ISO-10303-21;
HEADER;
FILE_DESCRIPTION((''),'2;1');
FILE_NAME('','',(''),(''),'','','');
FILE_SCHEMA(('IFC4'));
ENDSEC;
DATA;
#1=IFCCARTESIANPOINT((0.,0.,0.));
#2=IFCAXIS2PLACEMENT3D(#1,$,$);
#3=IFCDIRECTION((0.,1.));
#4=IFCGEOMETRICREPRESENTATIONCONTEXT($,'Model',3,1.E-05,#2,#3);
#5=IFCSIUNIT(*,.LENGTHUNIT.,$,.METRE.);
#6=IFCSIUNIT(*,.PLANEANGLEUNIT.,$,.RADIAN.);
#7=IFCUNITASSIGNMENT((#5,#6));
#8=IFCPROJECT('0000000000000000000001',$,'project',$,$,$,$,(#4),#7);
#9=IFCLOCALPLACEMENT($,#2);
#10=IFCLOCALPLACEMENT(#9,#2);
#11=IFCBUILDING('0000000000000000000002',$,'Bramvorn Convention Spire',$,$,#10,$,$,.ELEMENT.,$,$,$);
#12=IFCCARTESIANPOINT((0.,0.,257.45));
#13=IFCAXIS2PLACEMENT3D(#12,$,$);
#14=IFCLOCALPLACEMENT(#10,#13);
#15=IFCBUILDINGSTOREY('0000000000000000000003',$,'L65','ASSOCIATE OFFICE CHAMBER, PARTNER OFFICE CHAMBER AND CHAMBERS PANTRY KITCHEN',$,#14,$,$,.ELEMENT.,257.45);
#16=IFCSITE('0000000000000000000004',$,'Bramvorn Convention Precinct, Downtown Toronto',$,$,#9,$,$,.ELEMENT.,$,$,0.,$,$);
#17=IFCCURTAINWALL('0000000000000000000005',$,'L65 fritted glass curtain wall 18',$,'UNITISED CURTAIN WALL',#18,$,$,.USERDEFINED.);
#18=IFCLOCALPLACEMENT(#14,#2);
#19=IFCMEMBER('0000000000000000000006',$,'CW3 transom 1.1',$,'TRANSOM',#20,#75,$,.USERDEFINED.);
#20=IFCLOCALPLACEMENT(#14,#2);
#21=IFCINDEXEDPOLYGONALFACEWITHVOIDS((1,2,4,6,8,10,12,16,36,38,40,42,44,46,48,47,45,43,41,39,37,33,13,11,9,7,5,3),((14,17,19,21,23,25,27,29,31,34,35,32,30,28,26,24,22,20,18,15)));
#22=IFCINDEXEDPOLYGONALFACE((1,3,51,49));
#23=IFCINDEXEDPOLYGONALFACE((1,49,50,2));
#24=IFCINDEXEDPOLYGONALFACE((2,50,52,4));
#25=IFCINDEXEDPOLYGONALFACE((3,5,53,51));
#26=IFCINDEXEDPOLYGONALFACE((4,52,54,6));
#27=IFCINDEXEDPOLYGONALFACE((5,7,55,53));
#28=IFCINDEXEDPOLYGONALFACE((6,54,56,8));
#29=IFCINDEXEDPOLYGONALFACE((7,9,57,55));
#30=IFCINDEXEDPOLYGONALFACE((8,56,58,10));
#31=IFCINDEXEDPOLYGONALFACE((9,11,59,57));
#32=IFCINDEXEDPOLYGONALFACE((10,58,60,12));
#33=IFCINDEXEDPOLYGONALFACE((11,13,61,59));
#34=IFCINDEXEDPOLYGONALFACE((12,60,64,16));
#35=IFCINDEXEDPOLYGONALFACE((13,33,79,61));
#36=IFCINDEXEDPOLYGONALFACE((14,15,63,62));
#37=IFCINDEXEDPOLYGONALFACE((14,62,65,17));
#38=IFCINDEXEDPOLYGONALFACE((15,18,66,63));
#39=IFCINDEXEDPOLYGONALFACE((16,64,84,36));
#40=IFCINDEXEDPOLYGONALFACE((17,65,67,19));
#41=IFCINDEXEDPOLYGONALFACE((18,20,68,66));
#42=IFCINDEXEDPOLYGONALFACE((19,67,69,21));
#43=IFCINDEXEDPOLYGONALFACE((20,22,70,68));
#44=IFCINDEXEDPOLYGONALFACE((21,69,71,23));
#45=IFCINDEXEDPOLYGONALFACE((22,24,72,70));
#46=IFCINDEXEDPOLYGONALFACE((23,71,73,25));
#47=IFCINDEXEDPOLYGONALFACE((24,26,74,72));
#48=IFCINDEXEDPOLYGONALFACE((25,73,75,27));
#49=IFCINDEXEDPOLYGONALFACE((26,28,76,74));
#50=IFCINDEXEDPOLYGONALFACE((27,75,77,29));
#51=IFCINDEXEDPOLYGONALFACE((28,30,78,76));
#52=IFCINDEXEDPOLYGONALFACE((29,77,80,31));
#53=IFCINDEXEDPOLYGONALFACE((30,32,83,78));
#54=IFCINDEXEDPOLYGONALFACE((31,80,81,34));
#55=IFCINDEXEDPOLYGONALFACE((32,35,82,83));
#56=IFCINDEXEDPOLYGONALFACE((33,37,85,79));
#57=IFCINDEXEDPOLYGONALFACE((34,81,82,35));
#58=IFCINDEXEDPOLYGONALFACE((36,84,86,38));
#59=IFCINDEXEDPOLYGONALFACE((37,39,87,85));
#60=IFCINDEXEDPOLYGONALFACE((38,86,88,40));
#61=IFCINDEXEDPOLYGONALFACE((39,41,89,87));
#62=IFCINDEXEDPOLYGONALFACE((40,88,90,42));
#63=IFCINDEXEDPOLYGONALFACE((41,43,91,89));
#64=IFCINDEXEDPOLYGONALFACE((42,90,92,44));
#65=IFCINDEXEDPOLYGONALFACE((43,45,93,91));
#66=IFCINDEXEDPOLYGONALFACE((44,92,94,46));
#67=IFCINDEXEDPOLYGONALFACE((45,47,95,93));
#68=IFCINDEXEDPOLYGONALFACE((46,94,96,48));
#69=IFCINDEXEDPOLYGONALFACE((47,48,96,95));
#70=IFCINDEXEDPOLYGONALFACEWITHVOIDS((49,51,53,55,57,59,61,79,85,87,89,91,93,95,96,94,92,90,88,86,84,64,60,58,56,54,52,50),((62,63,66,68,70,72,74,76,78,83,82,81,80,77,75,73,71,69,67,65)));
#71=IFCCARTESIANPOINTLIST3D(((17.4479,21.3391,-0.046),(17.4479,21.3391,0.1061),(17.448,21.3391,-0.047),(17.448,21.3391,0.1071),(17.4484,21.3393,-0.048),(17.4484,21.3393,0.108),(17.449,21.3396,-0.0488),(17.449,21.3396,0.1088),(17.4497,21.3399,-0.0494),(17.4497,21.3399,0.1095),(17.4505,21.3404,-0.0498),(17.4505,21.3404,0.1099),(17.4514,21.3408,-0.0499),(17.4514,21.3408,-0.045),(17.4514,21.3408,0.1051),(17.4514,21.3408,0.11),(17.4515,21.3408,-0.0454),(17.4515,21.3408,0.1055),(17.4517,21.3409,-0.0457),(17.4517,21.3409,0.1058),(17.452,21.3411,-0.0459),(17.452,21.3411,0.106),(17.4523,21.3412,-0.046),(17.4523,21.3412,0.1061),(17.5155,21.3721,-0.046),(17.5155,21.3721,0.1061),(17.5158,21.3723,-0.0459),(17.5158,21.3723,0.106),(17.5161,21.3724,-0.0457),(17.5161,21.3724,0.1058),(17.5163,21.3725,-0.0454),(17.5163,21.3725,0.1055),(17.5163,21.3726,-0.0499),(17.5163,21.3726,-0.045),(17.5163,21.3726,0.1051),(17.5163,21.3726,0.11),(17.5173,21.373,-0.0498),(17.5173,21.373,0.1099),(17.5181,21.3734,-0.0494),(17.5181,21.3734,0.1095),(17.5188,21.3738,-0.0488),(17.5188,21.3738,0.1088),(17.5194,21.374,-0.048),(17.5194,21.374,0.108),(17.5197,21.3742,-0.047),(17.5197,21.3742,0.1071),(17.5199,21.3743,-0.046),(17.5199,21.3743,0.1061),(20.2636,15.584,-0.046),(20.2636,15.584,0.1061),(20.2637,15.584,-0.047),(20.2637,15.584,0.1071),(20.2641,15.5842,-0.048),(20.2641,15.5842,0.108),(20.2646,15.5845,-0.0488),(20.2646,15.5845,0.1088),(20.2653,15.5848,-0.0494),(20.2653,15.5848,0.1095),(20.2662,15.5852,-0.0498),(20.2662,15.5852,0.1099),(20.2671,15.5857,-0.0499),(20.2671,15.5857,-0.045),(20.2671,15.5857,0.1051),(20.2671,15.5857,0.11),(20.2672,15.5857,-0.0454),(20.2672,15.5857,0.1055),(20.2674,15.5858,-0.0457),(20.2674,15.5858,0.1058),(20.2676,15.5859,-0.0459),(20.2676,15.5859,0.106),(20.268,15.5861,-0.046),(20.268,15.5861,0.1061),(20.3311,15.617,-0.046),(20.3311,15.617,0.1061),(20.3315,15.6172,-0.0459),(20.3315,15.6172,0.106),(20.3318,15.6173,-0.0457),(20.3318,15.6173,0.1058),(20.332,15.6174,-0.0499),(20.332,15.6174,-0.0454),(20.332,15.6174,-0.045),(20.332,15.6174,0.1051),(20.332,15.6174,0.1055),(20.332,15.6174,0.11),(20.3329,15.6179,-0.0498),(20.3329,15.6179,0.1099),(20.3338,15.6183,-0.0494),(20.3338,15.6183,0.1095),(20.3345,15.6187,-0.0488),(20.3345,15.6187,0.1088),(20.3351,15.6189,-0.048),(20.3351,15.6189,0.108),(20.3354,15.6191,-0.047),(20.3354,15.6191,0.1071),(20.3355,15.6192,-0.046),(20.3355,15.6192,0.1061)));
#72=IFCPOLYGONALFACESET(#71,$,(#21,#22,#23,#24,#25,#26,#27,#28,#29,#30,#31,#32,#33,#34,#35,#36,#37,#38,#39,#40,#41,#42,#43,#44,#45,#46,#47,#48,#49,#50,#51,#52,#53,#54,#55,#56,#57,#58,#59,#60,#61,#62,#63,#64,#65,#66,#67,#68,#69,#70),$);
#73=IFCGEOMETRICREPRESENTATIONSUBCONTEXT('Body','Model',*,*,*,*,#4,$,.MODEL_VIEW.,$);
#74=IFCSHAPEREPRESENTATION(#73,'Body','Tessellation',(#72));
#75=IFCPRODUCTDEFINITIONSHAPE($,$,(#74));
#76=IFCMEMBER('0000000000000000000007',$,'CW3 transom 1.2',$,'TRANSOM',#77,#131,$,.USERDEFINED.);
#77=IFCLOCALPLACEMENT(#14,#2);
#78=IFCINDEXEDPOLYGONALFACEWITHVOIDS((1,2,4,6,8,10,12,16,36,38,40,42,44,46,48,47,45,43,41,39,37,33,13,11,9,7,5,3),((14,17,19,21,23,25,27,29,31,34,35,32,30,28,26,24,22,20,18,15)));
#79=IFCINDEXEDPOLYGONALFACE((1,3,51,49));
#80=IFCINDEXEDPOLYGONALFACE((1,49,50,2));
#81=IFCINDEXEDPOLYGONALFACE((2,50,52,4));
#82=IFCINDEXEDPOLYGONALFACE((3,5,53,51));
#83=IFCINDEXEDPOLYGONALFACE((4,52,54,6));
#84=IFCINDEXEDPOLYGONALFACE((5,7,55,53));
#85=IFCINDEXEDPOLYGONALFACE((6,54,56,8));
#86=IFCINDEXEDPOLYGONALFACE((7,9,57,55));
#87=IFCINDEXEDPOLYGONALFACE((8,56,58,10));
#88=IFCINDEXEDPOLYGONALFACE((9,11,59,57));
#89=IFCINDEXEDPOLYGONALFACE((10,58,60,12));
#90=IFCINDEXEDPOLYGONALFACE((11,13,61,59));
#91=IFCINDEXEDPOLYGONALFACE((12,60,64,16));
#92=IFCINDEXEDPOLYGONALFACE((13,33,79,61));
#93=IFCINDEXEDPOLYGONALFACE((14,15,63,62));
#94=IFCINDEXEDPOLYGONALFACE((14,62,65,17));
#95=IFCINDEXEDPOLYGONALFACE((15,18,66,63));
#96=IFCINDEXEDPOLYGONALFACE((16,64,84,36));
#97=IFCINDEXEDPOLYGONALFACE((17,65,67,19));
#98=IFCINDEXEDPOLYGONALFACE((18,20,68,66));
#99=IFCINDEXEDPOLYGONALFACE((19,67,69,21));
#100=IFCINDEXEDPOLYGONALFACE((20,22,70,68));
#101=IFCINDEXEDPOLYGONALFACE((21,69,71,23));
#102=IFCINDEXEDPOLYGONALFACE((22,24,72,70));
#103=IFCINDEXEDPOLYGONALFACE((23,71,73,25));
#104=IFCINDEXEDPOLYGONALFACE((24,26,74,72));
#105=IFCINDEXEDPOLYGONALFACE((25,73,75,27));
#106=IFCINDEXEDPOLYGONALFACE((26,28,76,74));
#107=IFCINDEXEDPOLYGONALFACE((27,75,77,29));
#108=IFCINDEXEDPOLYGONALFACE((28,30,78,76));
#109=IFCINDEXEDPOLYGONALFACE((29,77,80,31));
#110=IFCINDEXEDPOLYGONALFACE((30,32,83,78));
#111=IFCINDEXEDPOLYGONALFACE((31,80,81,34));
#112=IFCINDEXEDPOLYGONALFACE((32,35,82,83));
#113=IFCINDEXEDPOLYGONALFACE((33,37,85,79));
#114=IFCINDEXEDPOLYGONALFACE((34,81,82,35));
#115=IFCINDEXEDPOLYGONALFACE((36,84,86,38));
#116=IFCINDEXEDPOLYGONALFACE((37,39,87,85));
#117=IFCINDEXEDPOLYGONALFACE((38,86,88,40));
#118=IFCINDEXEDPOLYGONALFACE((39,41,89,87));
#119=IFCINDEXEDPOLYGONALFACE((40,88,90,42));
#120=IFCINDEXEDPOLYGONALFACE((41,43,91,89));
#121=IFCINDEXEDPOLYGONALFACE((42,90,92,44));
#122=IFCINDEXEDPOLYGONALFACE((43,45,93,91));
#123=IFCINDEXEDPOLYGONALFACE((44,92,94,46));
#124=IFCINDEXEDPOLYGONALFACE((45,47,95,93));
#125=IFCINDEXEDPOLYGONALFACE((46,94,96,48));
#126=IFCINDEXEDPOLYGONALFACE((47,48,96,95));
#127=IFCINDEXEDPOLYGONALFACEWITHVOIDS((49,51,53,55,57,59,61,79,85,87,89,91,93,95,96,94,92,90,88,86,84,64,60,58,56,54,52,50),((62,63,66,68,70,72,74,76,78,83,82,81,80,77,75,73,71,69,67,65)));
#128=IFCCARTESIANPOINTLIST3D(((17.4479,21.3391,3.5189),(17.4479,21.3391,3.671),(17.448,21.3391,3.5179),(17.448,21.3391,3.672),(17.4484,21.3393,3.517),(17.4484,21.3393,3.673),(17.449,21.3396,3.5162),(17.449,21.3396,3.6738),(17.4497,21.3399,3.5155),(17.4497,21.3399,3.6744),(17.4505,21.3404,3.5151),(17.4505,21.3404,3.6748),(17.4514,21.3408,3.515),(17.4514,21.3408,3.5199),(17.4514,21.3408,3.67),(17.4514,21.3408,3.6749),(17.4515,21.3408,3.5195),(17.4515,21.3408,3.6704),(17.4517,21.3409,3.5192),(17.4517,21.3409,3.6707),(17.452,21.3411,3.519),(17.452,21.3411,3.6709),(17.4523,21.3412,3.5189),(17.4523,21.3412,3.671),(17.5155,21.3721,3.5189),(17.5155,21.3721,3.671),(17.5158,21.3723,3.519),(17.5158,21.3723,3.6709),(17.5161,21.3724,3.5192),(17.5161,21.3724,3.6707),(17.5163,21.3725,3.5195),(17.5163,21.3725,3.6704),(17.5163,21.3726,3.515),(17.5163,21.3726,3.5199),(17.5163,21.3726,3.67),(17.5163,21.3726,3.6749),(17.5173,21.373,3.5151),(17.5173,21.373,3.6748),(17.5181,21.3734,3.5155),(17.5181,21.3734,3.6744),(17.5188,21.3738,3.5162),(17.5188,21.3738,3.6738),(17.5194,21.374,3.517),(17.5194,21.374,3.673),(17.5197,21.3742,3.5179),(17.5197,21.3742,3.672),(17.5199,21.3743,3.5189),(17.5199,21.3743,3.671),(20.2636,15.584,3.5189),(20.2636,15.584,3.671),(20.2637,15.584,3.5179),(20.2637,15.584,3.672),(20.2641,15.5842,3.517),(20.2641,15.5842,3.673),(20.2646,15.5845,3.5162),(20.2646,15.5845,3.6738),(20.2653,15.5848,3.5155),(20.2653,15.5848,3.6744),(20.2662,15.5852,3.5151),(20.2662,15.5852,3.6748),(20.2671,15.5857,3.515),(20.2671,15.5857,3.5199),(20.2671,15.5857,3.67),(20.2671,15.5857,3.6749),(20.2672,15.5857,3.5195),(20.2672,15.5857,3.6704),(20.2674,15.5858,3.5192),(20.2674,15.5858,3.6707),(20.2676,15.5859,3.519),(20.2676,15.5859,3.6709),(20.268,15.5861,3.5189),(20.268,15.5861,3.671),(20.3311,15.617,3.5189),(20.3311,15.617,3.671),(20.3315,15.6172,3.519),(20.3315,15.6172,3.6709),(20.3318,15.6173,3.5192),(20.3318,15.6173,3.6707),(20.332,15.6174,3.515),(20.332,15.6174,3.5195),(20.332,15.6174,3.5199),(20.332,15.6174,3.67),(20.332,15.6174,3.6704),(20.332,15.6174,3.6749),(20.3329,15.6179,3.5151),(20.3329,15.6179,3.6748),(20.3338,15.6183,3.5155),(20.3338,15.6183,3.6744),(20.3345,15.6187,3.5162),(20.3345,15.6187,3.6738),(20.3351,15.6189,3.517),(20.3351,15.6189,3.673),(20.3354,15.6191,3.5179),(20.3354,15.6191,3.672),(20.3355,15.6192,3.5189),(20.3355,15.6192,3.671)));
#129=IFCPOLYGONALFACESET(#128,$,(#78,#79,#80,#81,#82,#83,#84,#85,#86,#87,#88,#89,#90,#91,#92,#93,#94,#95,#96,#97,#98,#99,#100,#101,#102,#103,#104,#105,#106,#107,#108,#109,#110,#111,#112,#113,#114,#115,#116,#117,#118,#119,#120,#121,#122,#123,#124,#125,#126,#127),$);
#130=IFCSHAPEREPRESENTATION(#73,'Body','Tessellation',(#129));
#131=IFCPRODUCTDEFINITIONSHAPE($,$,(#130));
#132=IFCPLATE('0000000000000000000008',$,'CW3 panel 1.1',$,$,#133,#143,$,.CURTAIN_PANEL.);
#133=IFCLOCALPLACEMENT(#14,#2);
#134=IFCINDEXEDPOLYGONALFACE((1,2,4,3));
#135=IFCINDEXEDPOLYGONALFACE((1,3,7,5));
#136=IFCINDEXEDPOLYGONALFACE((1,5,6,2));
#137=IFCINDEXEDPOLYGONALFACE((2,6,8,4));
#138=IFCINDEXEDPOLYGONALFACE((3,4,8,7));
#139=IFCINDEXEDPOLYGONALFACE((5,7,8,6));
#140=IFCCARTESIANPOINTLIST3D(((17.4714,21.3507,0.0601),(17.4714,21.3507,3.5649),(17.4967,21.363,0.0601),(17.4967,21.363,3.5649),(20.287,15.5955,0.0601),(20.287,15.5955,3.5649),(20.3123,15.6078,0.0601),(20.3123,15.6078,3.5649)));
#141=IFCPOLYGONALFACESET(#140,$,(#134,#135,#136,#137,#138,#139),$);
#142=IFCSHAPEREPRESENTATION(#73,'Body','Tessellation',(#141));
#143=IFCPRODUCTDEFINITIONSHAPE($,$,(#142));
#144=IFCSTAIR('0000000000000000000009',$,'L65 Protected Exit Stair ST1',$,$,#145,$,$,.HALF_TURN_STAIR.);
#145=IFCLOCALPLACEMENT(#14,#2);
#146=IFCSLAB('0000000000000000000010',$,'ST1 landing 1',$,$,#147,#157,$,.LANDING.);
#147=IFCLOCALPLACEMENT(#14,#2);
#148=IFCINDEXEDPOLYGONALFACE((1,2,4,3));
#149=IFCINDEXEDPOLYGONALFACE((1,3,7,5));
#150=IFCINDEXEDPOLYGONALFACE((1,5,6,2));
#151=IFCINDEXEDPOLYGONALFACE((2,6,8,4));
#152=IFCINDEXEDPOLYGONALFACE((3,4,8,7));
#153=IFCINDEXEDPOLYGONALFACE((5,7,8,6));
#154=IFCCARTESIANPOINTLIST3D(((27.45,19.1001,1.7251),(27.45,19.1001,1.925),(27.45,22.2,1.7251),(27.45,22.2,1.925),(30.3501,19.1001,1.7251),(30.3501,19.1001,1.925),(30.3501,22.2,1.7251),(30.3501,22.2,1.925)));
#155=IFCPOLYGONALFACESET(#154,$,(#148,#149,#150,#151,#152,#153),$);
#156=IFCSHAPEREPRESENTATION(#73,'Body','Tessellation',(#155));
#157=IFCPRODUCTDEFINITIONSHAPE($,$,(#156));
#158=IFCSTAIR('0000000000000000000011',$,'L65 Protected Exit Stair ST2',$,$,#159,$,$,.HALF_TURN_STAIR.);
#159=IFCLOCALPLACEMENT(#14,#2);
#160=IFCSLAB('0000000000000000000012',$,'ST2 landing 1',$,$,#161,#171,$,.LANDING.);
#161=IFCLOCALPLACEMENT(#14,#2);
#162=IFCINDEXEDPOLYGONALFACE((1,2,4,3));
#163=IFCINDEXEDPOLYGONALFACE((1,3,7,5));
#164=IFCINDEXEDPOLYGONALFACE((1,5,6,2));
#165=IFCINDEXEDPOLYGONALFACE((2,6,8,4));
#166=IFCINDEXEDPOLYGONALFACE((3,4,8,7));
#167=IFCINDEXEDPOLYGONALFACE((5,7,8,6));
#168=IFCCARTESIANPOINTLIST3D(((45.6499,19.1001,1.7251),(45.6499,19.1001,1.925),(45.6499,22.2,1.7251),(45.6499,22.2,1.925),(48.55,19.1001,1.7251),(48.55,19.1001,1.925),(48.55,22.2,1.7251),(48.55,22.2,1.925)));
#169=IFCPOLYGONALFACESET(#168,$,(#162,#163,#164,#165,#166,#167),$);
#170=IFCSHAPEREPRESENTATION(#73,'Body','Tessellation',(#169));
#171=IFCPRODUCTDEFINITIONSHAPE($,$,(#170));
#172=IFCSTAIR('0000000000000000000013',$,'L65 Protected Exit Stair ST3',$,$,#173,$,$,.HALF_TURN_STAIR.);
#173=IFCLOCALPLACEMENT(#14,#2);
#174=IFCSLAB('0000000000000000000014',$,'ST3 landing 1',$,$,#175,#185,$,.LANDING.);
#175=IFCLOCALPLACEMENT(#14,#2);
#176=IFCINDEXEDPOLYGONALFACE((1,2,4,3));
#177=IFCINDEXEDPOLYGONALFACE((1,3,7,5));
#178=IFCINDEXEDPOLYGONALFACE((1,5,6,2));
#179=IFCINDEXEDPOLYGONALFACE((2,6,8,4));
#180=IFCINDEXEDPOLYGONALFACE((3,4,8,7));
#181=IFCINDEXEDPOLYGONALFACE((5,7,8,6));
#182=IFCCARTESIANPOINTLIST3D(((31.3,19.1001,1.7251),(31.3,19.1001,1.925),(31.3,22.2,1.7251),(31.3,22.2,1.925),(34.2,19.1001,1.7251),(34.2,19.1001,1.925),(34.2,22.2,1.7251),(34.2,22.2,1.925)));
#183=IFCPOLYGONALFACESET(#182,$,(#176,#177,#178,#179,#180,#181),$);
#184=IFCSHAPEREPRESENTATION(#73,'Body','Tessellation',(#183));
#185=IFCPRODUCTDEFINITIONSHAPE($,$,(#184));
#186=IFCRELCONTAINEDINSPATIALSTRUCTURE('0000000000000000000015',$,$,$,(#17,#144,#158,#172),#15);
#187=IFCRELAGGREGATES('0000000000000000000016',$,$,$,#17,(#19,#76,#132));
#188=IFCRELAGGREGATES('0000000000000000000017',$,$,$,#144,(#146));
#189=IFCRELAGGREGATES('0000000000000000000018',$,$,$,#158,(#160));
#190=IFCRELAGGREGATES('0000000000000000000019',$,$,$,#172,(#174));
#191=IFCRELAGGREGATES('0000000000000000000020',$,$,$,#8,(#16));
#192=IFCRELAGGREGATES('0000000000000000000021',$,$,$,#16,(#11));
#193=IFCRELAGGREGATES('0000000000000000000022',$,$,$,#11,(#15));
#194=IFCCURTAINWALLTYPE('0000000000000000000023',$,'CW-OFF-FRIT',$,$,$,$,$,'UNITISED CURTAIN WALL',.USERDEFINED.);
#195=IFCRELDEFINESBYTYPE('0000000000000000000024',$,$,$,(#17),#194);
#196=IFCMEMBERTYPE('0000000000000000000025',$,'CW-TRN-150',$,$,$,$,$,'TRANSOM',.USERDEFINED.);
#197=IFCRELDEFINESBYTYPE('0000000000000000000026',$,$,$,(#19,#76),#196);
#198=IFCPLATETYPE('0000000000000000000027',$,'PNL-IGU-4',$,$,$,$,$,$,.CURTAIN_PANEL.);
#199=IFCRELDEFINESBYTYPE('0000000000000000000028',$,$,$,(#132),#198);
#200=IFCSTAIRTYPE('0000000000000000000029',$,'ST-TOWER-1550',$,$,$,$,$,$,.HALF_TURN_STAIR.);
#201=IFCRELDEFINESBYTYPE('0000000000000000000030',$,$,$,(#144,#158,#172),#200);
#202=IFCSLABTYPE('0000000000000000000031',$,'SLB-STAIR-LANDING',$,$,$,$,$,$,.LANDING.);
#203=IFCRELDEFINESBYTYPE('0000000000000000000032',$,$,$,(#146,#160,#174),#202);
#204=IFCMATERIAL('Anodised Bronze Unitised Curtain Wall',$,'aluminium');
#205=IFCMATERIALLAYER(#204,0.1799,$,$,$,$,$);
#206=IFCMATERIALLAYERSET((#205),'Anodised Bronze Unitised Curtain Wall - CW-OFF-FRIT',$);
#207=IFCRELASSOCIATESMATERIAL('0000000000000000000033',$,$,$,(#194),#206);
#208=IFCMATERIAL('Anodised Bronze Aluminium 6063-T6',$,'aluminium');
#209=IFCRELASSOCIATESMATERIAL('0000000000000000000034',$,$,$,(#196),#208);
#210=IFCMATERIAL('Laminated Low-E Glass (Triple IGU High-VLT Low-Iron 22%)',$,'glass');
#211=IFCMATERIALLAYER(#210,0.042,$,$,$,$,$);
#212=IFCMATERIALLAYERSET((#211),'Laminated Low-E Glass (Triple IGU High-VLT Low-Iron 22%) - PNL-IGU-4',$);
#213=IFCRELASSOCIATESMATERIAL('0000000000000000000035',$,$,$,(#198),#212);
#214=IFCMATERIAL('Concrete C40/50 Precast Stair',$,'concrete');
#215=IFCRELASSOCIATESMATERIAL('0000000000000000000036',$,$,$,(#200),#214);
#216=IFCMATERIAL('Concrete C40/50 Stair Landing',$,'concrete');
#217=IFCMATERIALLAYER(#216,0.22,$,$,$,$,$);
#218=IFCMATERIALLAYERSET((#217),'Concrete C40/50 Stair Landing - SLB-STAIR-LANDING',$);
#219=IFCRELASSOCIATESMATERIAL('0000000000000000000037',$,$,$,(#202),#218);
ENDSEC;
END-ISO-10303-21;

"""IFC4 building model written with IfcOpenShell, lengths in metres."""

from ifc_helpers import new_model, si_unit, direction, frame, origin, origin_2d, place, context, subcontext, project, spatial, polyline, rectangle, hollow_rectangle, outline, extrude, material, layer, layer_set, material_profile, profile_set, type_object, element, aggregate, save


model = new_model("IFC4")

# Units and contexts
model_context = context("Model", 3, precision=1e-05, world=origin(), true_north=direction((0.0, 1.0)))
body_context = subcontext(model_context, "Body", "Model", "MODEL_VIEW")
ifc_project = project(units=[si_unit("LENGTHUNIT", "METRE"), si_unit("PLANEANGLEUNIT", "RADIAN")], contexts=[model_context])

# Site, building, storey
site_placement = place(None, origin())
site = spatial("IfcSite", under=ifc_project, at=site_placement, Name="Bramvorn Convention Precinct, Downtown Toronto", CompositionType="ELEMENT", RefElevation=0.0)
building_placement = place(site_placement, origin())
building = spatial("IfcBuilding", under=site, at=building_placement, Name="Bramvorn Convention Spire", CompositionType="ELEMENT")
storey_placement = place(building_placement, frame((0.0, 0.0, 257.45)))
storey = spatial("IfcBuildingStorey", under=building, at=storey_placement, Name="L65", Description="ASSOCIATE OFFICE CHAMBER, PARTNER OFFICE CHAMBER AND CHAMBERS PANTRY KITCHEN", CompositionType="ELEMENT", Elevation=257.45)

# Curtain wall
ifc_material_1 = material(Name="Anodised Bronze Unitised Curtain Wall", Category="aluminium")
ifc_layer_1 = layer(ifc_material_1, 0.1799)
ifc_layer_set_1 = layer_set([ifc_layer_1], Name="Anodised Bronze Unitised Curtain Wall - CW-OFF-FRIT")
curtain_wall_type = type_object("IfcCurtainWallType", Name="CW-OFF-FRIT", ElementType="UNITISED CURTAIN WALL", PredefinedType="USERDEFINED", material=ifc_layer_set_1)
curtain_wall_1_placement = place(storey_placement, origin())
curtain_wall_1 = element("IfcCurtainWall", 1, at=curtain_wall_1_placement, inside=storey, type_object=curtain_wall_type, Name="L65 fritted glass curtain wall 18", ObjectType="UNITISED CURTAIN WALL", PredefinedType="USERDEFINED")
ifc_material_2 = material(Name="Anodised Bronze Aluminium 6063-T6", Category="aluminium")

# Members
ifc_material_profile_1 = material_profile(ifc_material_2, hollow_rectangle(XDim=0.0801, YDim=0.1599, WallThickness=0.0039, InnerFilletRadius=0.001, OuterFilletRadius=0.0039, at=origin_2d()))
ifc_profile_set_1 = profile_set([ifc_material_profile_1], Name="Anodised Bronze Aluminium 6063-T6 - CWT80X160")
member_type_1 = type_object("IfcMemberType", Name="CW-TRN-150", ElementType="TRANSOM", PredefinedType="USERDEFINED", material=ifc_profile_set_1)
member_1_placement = place(storey_placement, frame((20.2996, 15.6016, 0.03), z_axis=(-0.439469, 0.898258, 0.0), x_axis=(-0.898258, -0.439469, 0.0)))
member_1 = element("IfcMember", 2, at=member_1_placement, type_object=member_type_1, Name="CW3 transom 1.1", ObjectType="TRANSOM", PredefinedType="USERDEFINED", context=body_context, shape_type="SweptSolid", body=[
    extrude(hollow_rectangle(XDim=0.0801, YDim=0.1599, WallThickness=0.0039, InnerFilletRadius=0.001, OuterFilletRadius=0.0039, at=origin_2d()), origin(), (0.0, 0.0, 1.0), 6.407),
])
member_2_placement = place(storey_placement, frame((20.2996, 15.6016, 3.595), z_axis=(-0.439469, 0.898258, 0.0), x_axis=(-0.898258, -0.439469, 0.0)))
member_2 = element("IfcMember", 3, at=member_2_placement, type_object=member_type_1, Name="CW3 transom 1.2", ObjectType="TRANSOM", PredefinedType="USERDEFINED", context=body_context, shape_type="SweptSolid", body=[
    extrude(hollow_rectangle(XDim=0.0801, YDim=0.1599, WallThickness=0.0039, InnerFilletRadius=0.001, OuterFilletRadius=0.0039, at=origin_2d()), origin(), (0.0, 0.0, 1.0), 6.407),
])

# Plate
ifc_material_3 = material(Name="Laminated Low-E Glass (Triple IGU High-VLT Low-Iron 22%)", Category="glass")
ifc_layer_2 = layer(ifc_material_3, 0.042)
ifc_layer_set_2 = layer_set([ifc_layer_2], Name="Laminated Low-E Glass (Triple IGU High-VLT Low-Iron 22%) - PNL-IGU-4")
plate_type = type_object("IfcPlateType", Name="PNL-IGU-4", PredefinedType="CURTAIN_PANEL", material=ifc_layer_set_2)
plate_placement = place(storey_placement, frame((18.8918, 18.4792, 0.0601), z_axis=(0.0, 0.0, 1.0), x_axis=(-0.439457, 0.898264, 0.0)))
plate = element("IfcPlate", 4, at=plate_placement, type_object=plate_type, Name="CW3 panel 1.1", PredefinedType="CURTAIN_PANEL", context=body_context, shape_type="SweptSolid", body=[
    extrude(rectangle(XDim=6.407, YDim=0.0281, at=origin_2d()), origin(), (0.0, 0.0, 1.0), 3.5049),
])
aggregate(curtain_wall_1, [member_1, member_2, plate])

# Stairs, slabs
ifc_material_4 = material(Name="Concrete C40/50 Precast Stair", Category="concrete")
stair_type = type_object("IfcStairType", Name="ST-TOWER-1550", PredefinedType="HALF_TURN_STAIR", material=ifc_material_4)
stair_1_placement = place(storey_placement, origin())
stair_1 = element("IfcStair", 5, at=stair_1_placement, inside=storey, type_object=stair_type, Name="L65 Protected Exit Stair ST1", PredefinedType="HALF_TURN_STAIR")
ifc_material_5 = material(Name="Concrete C40/50 Stair Landing", Category="concrete")
ifc_layer_3 = layer(ifc_material_5, 0.22)
ifc_layer_set_3 = layer_set([ifc_layer_3], Name="Concrete C40/50 Stair Landing - SLB-STAIR-LANDING")
slab_type_1 = type_object("IfcSlabType", Name="SLB-STAIR-LANDING", PredefinedType="LANDING", material=ifc_layer_set_3)
slab_1_placement = place(storey_placement, frame((0.0, 0.0, 1.7251)))
slab_1 = element("IfcSlab", 6, at=slab_1_placement, type_object=slab_type_1, Name="ST1 landing 1", PredefinedType="LANDING", context=body_context, shape_type="SweptSolid", body=[
    extrude(outline(polyline([(27.45, 22.2), (27.45, 19.1001), (30.3501, 19.1001), (30.3501, 22.2), (27.45, 22.2)])), origin(), (0.0, 0.0, 1.0), 0.2),
])
aggregate(stair_1, [slab_1])
stair_2_placement = place(storey_placement, origin())
stair_2 = element("IfcStair", 7, at=stair_2_placement, inside=storey, type_object=stair_type, Name="L65 Protected Exit Stair ST2", PredefinedType="HALF_TURN_STAIR")
slab_2_placement = place(storey_placement, frame((0.0, 0.0, 1.7251)))
slab_2 = element("IfcSlab", 8, at=slab_2_placement, type_object=slab_type_1, Name="ST2 landing 1", PredefinedType="LANDING", context=body_context, shape_type="SweptSolid", body=[
    extrude(outline(polyline([(45.6499, 22.2), (45.6499, 19.1001), (48.55, 19.1001), (48.55, 22.2), (45.6499, 22.2)])), origin(), (0.0, 0.0, 1.0), 0.2),
])
aggregate(stair_2, [slab_2])
stair_3_placement = place(storey_placement, origin())
stair_3 = element("IfcStair", 9, at=stair_3_placement, inside=storey, type_object=stair_type, Name="L65 Protected Exit Stair ST3", PredefinedType="HALF_TURN_STAIR")
slab_3_placement = place(storey_placement, frame((0.0, 0.0, 1.7251)))
slab_3 = element("IfcSlab", 10, at=slab_3_placement, type_object=slab_type_1, Name="ST3 landing 1", PredefinedType="LANDING", context=body_context, shape_type="SweptSolid", body=[
    extrude(outline(polyline([(31.3, 22.2), (31.3, 19.1001), (34.2, 19.1001), (34.2, 22.2), (31.3, 22.2)])), origin(), (0.0, 0.0, 1.0), 0.2),
])
aggregate(stair_3, [slab_3])

save(model, "model.ifc")
